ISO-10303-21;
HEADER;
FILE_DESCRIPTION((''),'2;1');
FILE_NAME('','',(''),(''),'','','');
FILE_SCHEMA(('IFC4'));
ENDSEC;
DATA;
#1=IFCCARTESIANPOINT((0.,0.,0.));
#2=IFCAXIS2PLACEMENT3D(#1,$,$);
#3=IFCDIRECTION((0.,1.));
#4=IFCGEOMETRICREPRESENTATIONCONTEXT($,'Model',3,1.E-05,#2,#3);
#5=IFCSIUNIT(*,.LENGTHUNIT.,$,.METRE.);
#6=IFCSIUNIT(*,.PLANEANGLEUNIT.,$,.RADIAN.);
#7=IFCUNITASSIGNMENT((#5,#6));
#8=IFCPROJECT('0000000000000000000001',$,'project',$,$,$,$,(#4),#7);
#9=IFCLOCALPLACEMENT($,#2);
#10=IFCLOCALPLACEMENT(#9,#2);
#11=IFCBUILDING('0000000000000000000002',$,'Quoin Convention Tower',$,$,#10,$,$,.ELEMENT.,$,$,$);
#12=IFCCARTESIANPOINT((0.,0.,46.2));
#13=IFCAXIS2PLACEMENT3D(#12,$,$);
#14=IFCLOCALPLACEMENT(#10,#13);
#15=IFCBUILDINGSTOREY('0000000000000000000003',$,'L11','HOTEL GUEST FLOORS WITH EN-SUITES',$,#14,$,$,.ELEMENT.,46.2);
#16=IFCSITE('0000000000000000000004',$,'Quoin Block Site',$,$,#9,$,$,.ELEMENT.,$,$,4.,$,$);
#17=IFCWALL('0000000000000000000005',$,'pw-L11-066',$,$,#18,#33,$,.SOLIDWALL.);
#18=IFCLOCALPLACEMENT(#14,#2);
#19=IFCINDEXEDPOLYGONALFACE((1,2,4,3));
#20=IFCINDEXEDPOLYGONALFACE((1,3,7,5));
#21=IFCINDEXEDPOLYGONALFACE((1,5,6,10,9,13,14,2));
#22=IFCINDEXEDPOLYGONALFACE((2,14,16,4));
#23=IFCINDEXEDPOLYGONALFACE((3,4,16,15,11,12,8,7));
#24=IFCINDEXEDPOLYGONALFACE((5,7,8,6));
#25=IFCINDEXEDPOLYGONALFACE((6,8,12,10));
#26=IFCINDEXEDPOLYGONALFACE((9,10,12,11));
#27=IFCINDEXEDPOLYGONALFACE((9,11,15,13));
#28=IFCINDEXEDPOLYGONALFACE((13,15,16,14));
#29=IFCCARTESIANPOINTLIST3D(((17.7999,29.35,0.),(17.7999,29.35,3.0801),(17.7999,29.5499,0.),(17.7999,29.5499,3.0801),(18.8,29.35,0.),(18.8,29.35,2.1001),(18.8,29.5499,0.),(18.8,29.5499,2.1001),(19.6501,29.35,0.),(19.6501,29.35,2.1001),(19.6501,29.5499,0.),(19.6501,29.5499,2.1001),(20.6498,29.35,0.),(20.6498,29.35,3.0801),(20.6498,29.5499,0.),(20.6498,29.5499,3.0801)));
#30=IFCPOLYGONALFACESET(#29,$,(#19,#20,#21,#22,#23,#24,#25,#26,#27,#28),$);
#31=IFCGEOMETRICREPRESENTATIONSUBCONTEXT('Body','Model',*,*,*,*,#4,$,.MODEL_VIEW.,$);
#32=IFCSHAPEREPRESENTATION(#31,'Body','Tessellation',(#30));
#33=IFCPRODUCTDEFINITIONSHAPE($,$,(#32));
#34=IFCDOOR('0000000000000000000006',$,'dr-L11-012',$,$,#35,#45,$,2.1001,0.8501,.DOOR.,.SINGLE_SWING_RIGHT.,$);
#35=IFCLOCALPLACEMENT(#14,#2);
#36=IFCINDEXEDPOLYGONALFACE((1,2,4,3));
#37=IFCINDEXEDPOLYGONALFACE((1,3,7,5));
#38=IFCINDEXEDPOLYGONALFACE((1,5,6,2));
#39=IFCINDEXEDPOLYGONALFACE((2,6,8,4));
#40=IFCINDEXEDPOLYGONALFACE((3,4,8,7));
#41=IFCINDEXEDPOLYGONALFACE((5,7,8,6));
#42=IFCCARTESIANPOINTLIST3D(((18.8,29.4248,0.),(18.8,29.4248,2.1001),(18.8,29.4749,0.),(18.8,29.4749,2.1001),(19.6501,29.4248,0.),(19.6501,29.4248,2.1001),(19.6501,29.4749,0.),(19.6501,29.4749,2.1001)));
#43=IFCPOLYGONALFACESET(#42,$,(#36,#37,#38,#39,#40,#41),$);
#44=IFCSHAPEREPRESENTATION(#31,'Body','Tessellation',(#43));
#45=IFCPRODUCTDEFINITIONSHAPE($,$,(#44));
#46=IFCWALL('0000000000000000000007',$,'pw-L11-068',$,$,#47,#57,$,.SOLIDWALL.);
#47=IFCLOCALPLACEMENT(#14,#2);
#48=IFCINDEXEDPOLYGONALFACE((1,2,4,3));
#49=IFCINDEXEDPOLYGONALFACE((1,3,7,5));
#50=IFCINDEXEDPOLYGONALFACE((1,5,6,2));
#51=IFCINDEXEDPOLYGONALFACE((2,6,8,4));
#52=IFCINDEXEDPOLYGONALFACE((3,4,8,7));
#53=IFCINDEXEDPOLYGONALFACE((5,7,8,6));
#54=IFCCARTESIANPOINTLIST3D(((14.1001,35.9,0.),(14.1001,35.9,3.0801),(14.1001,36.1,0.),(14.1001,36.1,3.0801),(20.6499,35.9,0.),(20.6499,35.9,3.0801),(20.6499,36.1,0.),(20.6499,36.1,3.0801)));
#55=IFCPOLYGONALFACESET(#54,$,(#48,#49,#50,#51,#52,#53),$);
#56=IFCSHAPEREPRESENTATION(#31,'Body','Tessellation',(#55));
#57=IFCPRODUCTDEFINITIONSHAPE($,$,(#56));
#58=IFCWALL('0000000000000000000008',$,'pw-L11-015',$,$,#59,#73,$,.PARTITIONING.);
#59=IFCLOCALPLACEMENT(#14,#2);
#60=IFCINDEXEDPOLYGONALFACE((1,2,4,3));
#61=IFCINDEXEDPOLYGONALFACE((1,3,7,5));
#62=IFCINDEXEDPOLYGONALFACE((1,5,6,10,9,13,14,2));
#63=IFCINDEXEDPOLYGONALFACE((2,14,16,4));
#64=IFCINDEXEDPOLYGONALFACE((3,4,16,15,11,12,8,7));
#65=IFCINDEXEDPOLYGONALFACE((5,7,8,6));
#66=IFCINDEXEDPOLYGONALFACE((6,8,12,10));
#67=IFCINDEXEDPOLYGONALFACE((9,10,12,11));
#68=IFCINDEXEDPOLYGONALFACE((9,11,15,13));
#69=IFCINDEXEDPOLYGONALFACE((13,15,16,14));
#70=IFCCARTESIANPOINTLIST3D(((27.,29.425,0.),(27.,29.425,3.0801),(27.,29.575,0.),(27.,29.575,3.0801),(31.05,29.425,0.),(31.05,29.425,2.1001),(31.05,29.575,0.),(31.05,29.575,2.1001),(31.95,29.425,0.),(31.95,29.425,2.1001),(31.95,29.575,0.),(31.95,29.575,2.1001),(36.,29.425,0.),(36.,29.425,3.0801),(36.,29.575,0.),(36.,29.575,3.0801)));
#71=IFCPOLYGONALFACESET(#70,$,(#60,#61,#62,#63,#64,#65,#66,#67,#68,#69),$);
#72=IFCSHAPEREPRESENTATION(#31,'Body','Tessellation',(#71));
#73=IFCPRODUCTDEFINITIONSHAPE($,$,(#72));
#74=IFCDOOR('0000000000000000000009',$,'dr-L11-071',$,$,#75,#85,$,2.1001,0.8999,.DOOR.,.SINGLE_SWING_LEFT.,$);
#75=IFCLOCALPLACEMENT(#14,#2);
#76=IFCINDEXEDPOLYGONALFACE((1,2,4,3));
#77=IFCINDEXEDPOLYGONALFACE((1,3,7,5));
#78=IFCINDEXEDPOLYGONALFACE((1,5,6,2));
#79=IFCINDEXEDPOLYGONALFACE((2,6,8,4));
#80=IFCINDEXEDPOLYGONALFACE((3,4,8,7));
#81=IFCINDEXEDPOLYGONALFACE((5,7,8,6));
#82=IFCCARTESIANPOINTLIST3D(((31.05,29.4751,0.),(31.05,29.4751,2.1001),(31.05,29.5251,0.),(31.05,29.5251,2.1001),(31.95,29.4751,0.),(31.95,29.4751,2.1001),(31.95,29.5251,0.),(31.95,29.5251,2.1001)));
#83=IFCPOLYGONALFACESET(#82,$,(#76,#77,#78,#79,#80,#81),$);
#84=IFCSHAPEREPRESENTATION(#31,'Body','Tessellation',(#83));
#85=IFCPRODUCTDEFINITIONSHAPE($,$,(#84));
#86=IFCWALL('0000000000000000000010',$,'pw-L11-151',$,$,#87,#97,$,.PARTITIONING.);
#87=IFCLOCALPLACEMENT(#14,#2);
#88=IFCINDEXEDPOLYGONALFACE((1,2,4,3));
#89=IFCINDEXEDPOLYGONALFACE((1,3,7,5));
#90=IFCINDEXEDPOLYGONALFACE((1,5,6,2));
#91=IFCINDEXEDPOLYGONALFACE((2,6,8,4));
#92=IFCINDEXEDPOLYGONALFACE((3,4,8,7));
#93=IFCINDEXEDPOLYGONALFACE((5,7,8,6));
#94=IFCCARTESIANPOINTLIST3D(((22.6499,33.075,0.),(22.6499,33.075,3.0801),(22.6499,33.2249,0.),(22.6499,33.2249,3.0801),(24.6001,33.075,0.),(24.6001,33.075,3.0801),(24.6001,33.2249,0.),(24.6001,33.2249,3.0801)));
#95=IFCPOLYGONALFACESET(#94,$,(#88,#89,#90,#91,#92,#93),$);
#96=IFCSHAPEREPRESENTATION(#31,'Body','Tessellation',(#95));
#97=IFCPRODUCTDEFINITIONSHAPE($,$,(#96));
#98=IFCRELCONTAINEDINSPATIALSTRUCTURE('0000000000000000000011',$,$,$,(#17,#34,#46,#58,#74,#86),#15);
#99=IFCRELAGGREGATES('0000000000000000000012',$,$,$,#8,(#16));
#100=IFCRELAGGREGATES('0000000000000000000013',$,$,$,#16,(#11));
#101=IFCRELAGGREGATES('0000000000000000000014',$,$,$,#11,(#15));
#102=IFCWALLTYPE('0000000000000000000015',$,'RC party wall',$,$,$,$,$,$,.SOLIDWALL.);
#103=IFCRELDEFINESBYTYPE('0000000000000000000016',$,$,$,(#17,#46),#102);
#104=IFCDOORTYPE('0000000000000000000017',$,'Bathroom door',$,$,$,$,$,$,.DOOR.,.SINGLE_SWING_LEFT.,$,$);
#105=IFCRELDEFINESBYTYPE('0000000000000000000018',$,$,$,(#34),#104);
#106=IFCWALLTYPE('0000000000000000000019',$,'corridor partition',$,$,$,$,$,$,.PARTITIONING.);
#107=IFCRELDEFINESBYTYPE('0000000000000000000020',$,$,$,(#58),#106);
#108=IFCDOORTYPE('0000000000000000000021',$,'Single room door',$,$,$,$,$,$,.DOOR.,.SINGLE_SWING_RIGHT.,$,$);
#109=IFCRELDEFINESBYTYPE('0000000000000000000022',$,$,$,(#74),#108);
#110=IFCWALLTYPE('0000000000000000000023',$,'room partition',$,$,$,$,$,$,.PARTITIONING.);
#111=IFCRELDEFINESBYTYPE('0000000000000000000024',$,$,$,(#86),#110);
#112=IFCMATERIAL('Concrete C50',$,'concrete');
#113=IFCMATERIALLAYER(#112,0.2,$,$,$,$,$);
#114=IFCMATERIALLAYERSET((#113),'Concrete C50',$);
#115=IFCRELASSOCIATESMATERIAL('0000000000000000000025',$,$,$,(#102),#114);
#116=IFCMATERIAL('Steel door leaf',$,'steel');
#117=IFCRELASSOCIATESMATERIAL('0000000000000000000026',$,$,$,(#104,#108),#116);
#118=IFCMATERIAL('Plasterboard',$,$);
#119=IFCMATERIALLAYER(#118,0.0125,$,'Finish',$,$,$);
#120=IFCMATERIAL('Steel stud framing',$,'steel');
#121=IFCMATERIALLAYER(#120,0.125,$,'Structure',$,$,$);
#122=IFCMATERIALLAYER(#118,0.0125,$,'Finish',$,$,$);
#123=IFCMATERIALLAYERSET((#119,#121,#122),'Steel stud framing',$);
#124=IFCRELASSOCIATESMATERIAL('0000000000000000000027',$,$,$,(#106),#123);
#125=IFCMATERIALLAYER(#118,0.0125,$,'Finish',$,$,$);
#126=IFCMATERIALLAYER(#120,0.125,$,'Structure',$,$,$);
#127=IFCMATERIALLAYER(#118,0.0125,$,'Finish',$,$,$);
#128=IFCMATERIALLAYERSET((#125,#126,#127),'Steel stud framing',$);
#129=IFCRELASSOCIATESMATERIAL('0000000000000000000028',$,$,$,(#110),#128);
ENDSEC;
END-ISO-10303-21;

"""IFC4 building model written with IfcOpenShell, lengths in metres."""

from ifc_helpers import new_model, si_unit, direction, frame, frame_2d, origin, place, context, subcontext, project, spatial, rectangle, extrude, material, layer, layer_set, type_object, element, fill, save


model = new_model("IFC4")

# Units and contexts
model_context = context("Model", 3, precision=1e-05, world=origin(), true_north=direction((0.0, 1.0)))
body_context = subcontext(model_context, "Body", "Model", "MODEL_VIEW")
ifc_project = project(units=[si_unit("LENGTHUNIT", "METRE"), si_unit("PLANEANGLEUNIT", "RADIAN")], contexts=[model_context])

# Site, building, storey
site_placement = place(None, origin())
site = spatial("IfcSite", under=ifc_project, at=site_placement, Name="Quoin Block Site", CompositionType="ELEMENT", RefElevation=4.0)
building_placement = place(site_placement, origin())
building = spatial("IfcBuilding", under=site, at=building_placement, Name="Quoin Convention Tower", CompositionType="ELEMENT")
storey_placement = place(building_placement, frame((0.0, 0.0, 46.2)))
storey = spatial("IfcBuildingStorey", under=building, at=storey_placement, Name="L11", Description="HOTEL GUEST FLOORS WITH EN-SUITES", CompositionType="ELEMENT", Elevation=46.2)

# Wall, opening, door
ifc_material_1 = material(Name="Steel door leaf", Category="steel")
ifc_material_2 = material(Name="Concrete C50", Category="concrete")
ifc_layer_1 = layer(ifc_material_2, 0.2)
ifc_layer_set_1 = layer_set([ifc_layer_1], Name="Concrete C50")
wall_type_1 = type_object("IfcWallType", Name="RC party wall", PredefinedType="SOLIDWALL", material=ifc_layer_set_1)
wall_1_placement = place(storey_placement, frame((17.8, 29.45, 0.0), z_axis=(0.0, 0.0, 1.0), x_axis=(1.0, 0.0, 0.0)))
wall_1 = element("IfcWall", 1, at=wall_1_placement, inside=storey, type_object=wall_type_1, Name="pw-L11-066", PredefinedType="SOLIDWALL", context=body_context, shape_type="SweptSolid", body=[
    extrude(rectangle(XDim=2.8499, YDim=0.2, at=frame_2d((1.4248, 0.0))), origin(), (0.0, 0.0, 1.0), 3.0801),
])
opening_1_placement = place(wall_1_placement, frame((1.0, 0.0, 0.0)))
opening_1 = element("IfcOpeningElement", 2, at=opening_1_placement, cuts=wall_1, PredefinedType="OPENING", context=body_context, shape_type="SweptSolid", body=[
    extrude(rectangle(XDim=0.8501, YDim=2.1001, at=frame_2d((0.425, 1.05))), frame((0.0, 0.1099, 0.0), z_axis=(0.0, -1.0, 0.0), x_axis=(1.0, 0.0, 0.0)), (0.0, 0.0, 1.0), 0.22),
])
door_type_1 = type_object("IfcDoorType", Name="Bathroom door", OperationType="SINGLE_SWING_LEFT", PredefinedType="DOOR", material=ifc_material_1)
door_1_placement = place(opening_1_placement, origin())
door_1 = element("IfcDoor", 3, at=door_1_placement, inside=storey, type_object=door_type_1, Name="dr-L11-012", OperationType="SINGLE_SWING_RIGHT", OverallHeight=2.1001, OverallWidth=0.8501, PredefinedType="DOOR", context=body_context, shape_type="SweptSolid", body=[
    extrude(rectangle(XDim=0.8501, YDim=2.1001, at=frame_2d((0.425, 1.05))), frame((0.0, 0.0249, 0.0), z_axis=(0.0, -1.0, 0.0), x_axis=(1.0, 0.0, 0.0)), (0.0, 0.0, 1.0), 0.05),
])
fill(opening_1, door_1)

# Wall
wall_2_placement = place(storey_placement, frame((14.1001, 36.0, 0.0), z_axis=(0.0, 0.0, 1.0), x_axis=(1.0, 0.0, 0.0)))
element("IfcWall", 4, at=wall_2_placement, inside=storey, type_object=wall_type_1, Name="pw-L11-068", PredefinedType="SOLIDWALL", context=body_context, shape_type="SweptSolid", body=[
    extrude(rectangle(XDim=6.5498, YDim=0.2, at=frame_2d((3.2749, 0.0))), origin(), (0.0, 0.0, 1.0), 3.0801),
])

# Wall, opening, door
ifc_material_3 = material(Name="Plasterboard")
ifc_layer_2 = layer(ifc_material_3, 0.0125, Name="Finish")
ifc_material_4 = material(Name="Steel stud framing", Category="steel")
ifc_layer_3 = layer(ifc_material_4, 0.125, Name="Structure")
ifc_layer_4 = layer(ifc_material_3, 0.0125, Name="Finish")
ifc_layer_set_2 = layer_set([ifc_layer_2, ifc_layer_3, ifc_layer_4], Name="Steel stud framing")
wall_type_2 = type_object("IfcWallType", Name="corridor partition", PredefinedType="PARTITIONING", material=ifc_layer_set_2)
wall_3_placement = place(storey_placement, frame((27.0, 29.5, 0.0), z_axis=(0.0, 0.0, 1.0), x_axis=(1.0, 0.0, 0.0)))
wall_3 = element("IfcWall", 5, at=wall_3_placement, inside=storey, type_object=wall_type_2, Name="pw-L11-015", PredefinedType="PARTITIONING", context=body_context, shape_type="SweptSolid", body=[
    extrude(rectangle(XDim=9.0, YDim=0.1499, at=frame_2d((4.5, 0.0))), origin(), (0.0, 0.0, 1.0), 3.0801),
])
opening_2_placement = place(wall_3_placement, frame((4.05, 0.0, 0.0)))
opening_2 = element("IfcOpeningElement", 6, at=opening_2_placement, cuts=wall_3, PredefinedType="OPENING", context=body_context, shape_type="SweptSolid", body=[
    extrude(rectangle(XDim=0.8999, YDim=2.1001, at=frame_2d((0.45, 1.05))), frame((0.0, 0.085, 0.0), z_axis=(0.0, -1.0, 0.0), x_axis=(1.0, 0.0, 0.0)), (0.0, 0.0, 1.0), 0.1699),
])
door_type_2 = type_object("IfcDoorType", Name="Single room door", OperationType="SINGLE_SWING_RIGHT", PredefinedType="DOOR", material=ifc_material_1)
door_2_placement = place(opening_2_placement, frame((0.8999, 0.0, 0.0), z_axis=(0.0, 0.0, 1.0), x_axis=(-1.0, 0.0, 0.0)))
door_2 = element("IfcDoor", 7, at=door_2_placement, inside=storey, type_object=door_type_2, Name="dr-L11-071", OperationType="SINGLE_SWING_LEFT", OverallHeight=2.1001, OverallWidth=0.8999, PredefinedType="DOOR", context=body_context, shape_type="SweptSolid", body=[
    extrude(rectangle(XDim=0.8999, YDim=2.1001, at=frame_2d((0.45, 1.05))), frame((0.0, 0.0249, 0.0), z_axis=(0.0, -1.0, 0.0), x_axis=(1.0, 0.0, 0.0)), (0.0, 0.0, 1.0), 0.05),
])
fill(opening_2, door_2)

# Wall
ifc_layer_5 = layer(ifc_material_3, 0.0125, Name="Finish")
ifc_layer_6 = layer(ifc_material_4, 0.125, Name="Structure")
ifc_layer_7 = layer(ifc_material_3, 0.0125, Name="Finish")
ifc_layer_set_3 = layer_set([ifc_layer_5, ifc_layer_6, ifc_layer_7], Name="Steel stud framing")
wall_type_3 = type_object("IfcWallType", Name="room partition", PredefinedType="PARTITIONING", material=ifc_layer_set_3)
wall_4_placement = place(storey_placement, frame((22.6499, 33.1499, 0.0), z_axis=(0.0, 0.0, 1.0), x_axis=(1.0, 0.0, 0.0)))
element("IfcWall", 8, at=wall_4_placement, inside=storey, type_object=wall_type_3, Name="pw-L11-151", PredefinedType="PARTITIONING", context=body_context, shape_type="SweptSolid", body=[
    extrude(rectangle(XDim=1.9502, YDim=0.1499, at=frame_2d((0.9751, 0.0))), origin(), (0.0, 0.0, 1.0), 3.0801),
])

save(model, "model.ifc")
